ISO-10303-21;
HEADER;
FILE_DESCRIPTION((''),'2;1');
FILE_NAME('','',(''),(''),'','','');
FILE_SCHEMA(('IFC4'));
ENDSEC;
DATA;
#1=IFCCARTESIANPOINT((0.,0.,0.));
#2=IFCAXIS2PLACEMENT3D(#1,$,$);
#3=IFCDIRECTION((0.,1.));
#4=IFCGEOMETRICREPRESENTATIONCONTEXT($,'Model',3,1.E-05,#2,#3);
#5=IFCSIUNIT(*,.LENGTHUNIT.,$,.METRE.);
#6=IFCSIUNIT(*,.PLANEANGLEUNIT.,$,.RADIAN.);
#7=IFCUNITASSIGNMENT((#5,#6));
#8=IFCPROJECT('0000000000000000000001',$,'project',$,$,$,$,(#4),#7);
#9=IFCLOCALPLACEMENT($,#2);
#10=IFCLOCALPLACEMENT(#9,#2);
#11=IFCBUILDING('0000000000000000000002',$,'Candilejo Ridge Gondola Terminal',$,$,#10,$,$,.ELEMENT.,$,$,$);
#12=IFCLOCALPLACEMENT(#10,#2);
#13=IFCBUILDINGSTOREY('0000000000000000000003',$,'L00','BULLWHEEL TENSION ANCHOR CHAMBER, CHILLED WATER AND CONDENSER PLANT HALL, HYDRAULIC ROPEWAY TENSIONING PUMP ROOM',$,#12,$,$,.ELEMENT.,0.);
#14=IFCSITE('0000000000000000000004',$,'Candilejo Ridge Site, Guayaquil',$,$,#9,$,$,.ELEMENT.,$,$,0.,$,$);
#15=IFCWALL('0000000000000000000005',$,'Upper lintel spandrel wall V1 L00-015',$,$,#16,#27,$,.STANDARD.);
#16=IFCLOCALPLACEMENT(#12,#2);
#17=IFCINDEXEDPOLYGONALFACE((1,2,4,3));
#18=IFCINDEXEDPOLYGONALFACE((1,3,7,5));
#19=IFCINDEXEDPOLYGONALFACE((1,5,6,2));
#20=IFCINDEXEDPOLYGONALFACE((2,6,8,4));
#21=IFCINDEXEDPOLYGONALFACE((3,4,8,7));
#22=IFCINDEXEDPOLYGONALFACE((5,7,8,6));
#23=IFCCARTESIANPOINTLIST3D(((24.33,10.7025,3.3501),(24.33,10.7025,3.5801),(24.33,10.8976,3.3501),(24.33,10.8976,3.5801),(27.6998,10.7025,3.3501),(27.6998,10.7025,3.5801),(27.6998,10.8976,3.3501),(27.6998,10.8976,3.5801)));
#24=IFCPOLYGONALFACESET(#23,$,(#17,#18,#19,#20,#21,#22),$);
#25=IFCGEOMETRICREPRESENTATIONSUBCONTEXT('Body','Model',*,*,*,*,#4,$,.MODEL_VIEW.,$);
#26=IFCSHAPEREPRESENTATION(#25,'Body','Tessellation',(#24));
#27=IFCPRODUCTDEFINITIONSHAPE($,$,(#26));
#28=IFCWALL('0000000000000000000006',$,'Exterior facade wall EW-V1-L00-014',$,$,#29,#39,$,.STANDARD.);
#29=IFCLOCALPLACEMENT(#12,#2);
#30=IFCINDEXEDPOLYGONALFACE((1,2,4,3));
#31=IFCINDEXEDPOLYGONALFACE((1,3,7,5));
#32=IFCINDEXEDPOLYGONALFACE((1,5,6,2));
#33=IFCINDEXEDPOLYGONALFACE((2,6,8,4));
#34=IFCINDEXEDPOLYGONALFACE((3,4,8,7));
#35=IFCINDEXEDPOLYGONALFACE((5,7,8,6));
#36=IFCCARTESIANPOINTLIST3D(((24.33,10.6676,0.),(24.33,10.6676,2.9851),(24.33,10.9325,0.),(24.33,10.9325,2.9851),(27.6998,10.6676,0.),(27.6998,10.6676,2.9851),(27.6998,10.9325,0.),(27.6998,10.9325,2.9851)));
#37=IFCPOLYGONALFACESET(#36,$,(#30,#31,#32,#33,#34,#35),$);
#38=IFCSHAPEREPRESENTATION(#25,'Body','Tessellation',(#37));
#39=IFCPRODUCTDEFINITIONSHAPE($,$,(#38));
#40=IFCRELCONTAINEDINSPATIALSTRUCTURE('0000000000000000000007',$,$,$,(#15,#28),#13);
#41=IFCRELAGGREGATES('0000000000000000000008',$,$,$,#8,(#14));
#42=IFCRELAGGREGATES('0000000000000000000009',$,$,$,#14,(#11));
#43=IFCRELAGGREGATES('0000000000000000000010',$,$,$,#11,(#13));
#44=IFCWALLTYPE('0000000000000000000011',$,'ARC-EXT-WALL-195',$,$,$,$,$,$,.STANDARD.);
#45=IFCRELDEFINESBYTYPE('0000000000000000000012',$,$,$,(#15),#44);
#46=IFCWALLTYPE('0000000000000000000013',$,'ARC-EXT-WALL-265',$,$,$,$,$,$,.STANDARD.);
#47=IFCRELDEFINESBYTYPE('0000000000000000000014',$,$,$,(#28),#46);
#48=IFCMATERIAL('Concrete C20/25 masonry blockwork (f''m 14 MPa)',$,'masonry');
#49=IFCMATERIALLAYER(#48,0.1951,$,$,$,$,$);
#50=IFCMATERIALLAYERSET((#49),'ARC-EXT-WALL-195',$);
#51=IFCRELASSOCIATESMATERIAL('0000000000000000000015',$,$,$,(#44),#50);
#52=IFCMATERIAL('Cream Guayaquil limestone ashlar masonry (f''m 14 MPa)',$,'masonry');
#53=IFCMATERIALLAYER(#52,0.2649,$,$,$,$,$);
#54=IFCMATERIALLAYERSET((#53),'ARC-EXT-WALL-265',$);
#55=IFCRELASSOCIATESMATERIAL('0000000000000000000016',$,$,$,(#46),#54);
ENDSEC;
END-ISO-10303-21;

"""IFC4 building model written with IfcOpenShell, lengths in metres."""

from ifc_helpers import new_model, si_unit, direction, frame, frame_2d, origin, place, context, subcontext, project, spatial, rectangle, extrude, material, layer, layer_set, type_object, element, save


model = new_model("IFC4")

# Units and contexts
model_context = context("Model", 3, precision=1e-05, world=origin(), true_north=direction((0.0, 1.0)))
body_context = subcontext(model_context, "Body", "Model", "MODEL_VIEW")
ifc_project = project(units=[si_unit("LENGTHUNIT", "METRE"), si_unit("PLANEANGLEUNIT", "RADIAN")], contexts=[model_context])

# Site, building, storey
site_placement = place(None, origin())
site = spatial("IfcSite", under=ifc_project, at=site_placement, Name="Candilejo Ridge Site, Guayaquil", CompositionType="ELEMENT", RefElevation=0.0)
building_placement = place(site_placement, origin())
building = spatial("IfcBuilding", under=site, at=building_placement, Name="Candilejo Ridge Gondola Terminal", CompositionType="ELEMENT")
storey_placement = place(building_placement, origin())
storey = spatial("IfcBuildingStorey", under=building, at=storey_placement, Name="L00", Description="BULLWHEEL TENSION ANCHOR CHAMBER, CHILLED WATER AND CONDENSER PLANT HALL, HYDRAULIC ROPEWAY TENSIONING PUMP ROOM", CompositionType="ELEMENT", Elevation=0.0)

# Walls
ifc_material_1 = material(Name="Concrete C20/25 masonry blockwork (f'm 14 MPa)", Category="masonry")
ifc_layer_1 = layer(ifc_material_1, 0.1951)
ifc_layer_set_1 = layer_set([ifc_layer_1], Name="ARC-EXT-WALL-195")
wall_type_1 = type_object("IfcWallType", Name="ARC-EXT-WALL-195", PredefinedType="STANDARD", material=ifc_layer_set_1)
wall_1_placement = place(storey_placement, frame((27.7, 10.8, 3.3501), z_axis=(0.0, 0.0, 1.0), x_axis=(-1.0, 0.0, 0.0)))
element("IfcWall", 1, at=wall_1_placement, inside=storey, type_object=wall_type_1, Name="Upper lintel spandrel wall V1 L00-015", PredefinedType="STANDARD", context=body_context, shape_type="SweptSolid", body=[
    extrude(rectangle(XDim=3.3699, YDim=0.1951, at=frame_2d((1.6851, 0.0))), origin(), (0.0, 0.0, 1.0), 0.23),
])
ifc_material_2 = material(Name="Cream Guayaquil limestone ashlar masonry (f'm 14 MPa)", Category="masonry")
ifc_layer_2 = layer(ifc_material_2, 0.2649)
ifc_layer_set_2 = layer_set([ifc_layer_2], Name="ARC-EXT-WALL-265")
wall_type_2 = type_object("IfcWallType", Name="ARC-EXT-WALL-265", PredefinedType="STANDARD", material=ifc_layer_set_2)
wall_2_placement = place(storey_placement, frame((27.7, 10.8, 0.0), z_axis=(0.0, 0.0, 1.0), x_axis=(-1.0, 0.0, 0.0)))
element("IfcWall", 2, at=wall_2_placement, inside=storey, type_object=wall_type_2, Name="Exterior facade wall EW-V1-L00-014", PredefinedType="STANDARD", context=body_context, shape_type="SweptSolid", body=[
    extrude(rectangle(XDim=3.3699, YDim=0.2649, at=frame_2d((1.6851, 0.0))), origin(), (0.0, 0.0, 1.0), 2.9851),
])

save(model, "model.ifc")
